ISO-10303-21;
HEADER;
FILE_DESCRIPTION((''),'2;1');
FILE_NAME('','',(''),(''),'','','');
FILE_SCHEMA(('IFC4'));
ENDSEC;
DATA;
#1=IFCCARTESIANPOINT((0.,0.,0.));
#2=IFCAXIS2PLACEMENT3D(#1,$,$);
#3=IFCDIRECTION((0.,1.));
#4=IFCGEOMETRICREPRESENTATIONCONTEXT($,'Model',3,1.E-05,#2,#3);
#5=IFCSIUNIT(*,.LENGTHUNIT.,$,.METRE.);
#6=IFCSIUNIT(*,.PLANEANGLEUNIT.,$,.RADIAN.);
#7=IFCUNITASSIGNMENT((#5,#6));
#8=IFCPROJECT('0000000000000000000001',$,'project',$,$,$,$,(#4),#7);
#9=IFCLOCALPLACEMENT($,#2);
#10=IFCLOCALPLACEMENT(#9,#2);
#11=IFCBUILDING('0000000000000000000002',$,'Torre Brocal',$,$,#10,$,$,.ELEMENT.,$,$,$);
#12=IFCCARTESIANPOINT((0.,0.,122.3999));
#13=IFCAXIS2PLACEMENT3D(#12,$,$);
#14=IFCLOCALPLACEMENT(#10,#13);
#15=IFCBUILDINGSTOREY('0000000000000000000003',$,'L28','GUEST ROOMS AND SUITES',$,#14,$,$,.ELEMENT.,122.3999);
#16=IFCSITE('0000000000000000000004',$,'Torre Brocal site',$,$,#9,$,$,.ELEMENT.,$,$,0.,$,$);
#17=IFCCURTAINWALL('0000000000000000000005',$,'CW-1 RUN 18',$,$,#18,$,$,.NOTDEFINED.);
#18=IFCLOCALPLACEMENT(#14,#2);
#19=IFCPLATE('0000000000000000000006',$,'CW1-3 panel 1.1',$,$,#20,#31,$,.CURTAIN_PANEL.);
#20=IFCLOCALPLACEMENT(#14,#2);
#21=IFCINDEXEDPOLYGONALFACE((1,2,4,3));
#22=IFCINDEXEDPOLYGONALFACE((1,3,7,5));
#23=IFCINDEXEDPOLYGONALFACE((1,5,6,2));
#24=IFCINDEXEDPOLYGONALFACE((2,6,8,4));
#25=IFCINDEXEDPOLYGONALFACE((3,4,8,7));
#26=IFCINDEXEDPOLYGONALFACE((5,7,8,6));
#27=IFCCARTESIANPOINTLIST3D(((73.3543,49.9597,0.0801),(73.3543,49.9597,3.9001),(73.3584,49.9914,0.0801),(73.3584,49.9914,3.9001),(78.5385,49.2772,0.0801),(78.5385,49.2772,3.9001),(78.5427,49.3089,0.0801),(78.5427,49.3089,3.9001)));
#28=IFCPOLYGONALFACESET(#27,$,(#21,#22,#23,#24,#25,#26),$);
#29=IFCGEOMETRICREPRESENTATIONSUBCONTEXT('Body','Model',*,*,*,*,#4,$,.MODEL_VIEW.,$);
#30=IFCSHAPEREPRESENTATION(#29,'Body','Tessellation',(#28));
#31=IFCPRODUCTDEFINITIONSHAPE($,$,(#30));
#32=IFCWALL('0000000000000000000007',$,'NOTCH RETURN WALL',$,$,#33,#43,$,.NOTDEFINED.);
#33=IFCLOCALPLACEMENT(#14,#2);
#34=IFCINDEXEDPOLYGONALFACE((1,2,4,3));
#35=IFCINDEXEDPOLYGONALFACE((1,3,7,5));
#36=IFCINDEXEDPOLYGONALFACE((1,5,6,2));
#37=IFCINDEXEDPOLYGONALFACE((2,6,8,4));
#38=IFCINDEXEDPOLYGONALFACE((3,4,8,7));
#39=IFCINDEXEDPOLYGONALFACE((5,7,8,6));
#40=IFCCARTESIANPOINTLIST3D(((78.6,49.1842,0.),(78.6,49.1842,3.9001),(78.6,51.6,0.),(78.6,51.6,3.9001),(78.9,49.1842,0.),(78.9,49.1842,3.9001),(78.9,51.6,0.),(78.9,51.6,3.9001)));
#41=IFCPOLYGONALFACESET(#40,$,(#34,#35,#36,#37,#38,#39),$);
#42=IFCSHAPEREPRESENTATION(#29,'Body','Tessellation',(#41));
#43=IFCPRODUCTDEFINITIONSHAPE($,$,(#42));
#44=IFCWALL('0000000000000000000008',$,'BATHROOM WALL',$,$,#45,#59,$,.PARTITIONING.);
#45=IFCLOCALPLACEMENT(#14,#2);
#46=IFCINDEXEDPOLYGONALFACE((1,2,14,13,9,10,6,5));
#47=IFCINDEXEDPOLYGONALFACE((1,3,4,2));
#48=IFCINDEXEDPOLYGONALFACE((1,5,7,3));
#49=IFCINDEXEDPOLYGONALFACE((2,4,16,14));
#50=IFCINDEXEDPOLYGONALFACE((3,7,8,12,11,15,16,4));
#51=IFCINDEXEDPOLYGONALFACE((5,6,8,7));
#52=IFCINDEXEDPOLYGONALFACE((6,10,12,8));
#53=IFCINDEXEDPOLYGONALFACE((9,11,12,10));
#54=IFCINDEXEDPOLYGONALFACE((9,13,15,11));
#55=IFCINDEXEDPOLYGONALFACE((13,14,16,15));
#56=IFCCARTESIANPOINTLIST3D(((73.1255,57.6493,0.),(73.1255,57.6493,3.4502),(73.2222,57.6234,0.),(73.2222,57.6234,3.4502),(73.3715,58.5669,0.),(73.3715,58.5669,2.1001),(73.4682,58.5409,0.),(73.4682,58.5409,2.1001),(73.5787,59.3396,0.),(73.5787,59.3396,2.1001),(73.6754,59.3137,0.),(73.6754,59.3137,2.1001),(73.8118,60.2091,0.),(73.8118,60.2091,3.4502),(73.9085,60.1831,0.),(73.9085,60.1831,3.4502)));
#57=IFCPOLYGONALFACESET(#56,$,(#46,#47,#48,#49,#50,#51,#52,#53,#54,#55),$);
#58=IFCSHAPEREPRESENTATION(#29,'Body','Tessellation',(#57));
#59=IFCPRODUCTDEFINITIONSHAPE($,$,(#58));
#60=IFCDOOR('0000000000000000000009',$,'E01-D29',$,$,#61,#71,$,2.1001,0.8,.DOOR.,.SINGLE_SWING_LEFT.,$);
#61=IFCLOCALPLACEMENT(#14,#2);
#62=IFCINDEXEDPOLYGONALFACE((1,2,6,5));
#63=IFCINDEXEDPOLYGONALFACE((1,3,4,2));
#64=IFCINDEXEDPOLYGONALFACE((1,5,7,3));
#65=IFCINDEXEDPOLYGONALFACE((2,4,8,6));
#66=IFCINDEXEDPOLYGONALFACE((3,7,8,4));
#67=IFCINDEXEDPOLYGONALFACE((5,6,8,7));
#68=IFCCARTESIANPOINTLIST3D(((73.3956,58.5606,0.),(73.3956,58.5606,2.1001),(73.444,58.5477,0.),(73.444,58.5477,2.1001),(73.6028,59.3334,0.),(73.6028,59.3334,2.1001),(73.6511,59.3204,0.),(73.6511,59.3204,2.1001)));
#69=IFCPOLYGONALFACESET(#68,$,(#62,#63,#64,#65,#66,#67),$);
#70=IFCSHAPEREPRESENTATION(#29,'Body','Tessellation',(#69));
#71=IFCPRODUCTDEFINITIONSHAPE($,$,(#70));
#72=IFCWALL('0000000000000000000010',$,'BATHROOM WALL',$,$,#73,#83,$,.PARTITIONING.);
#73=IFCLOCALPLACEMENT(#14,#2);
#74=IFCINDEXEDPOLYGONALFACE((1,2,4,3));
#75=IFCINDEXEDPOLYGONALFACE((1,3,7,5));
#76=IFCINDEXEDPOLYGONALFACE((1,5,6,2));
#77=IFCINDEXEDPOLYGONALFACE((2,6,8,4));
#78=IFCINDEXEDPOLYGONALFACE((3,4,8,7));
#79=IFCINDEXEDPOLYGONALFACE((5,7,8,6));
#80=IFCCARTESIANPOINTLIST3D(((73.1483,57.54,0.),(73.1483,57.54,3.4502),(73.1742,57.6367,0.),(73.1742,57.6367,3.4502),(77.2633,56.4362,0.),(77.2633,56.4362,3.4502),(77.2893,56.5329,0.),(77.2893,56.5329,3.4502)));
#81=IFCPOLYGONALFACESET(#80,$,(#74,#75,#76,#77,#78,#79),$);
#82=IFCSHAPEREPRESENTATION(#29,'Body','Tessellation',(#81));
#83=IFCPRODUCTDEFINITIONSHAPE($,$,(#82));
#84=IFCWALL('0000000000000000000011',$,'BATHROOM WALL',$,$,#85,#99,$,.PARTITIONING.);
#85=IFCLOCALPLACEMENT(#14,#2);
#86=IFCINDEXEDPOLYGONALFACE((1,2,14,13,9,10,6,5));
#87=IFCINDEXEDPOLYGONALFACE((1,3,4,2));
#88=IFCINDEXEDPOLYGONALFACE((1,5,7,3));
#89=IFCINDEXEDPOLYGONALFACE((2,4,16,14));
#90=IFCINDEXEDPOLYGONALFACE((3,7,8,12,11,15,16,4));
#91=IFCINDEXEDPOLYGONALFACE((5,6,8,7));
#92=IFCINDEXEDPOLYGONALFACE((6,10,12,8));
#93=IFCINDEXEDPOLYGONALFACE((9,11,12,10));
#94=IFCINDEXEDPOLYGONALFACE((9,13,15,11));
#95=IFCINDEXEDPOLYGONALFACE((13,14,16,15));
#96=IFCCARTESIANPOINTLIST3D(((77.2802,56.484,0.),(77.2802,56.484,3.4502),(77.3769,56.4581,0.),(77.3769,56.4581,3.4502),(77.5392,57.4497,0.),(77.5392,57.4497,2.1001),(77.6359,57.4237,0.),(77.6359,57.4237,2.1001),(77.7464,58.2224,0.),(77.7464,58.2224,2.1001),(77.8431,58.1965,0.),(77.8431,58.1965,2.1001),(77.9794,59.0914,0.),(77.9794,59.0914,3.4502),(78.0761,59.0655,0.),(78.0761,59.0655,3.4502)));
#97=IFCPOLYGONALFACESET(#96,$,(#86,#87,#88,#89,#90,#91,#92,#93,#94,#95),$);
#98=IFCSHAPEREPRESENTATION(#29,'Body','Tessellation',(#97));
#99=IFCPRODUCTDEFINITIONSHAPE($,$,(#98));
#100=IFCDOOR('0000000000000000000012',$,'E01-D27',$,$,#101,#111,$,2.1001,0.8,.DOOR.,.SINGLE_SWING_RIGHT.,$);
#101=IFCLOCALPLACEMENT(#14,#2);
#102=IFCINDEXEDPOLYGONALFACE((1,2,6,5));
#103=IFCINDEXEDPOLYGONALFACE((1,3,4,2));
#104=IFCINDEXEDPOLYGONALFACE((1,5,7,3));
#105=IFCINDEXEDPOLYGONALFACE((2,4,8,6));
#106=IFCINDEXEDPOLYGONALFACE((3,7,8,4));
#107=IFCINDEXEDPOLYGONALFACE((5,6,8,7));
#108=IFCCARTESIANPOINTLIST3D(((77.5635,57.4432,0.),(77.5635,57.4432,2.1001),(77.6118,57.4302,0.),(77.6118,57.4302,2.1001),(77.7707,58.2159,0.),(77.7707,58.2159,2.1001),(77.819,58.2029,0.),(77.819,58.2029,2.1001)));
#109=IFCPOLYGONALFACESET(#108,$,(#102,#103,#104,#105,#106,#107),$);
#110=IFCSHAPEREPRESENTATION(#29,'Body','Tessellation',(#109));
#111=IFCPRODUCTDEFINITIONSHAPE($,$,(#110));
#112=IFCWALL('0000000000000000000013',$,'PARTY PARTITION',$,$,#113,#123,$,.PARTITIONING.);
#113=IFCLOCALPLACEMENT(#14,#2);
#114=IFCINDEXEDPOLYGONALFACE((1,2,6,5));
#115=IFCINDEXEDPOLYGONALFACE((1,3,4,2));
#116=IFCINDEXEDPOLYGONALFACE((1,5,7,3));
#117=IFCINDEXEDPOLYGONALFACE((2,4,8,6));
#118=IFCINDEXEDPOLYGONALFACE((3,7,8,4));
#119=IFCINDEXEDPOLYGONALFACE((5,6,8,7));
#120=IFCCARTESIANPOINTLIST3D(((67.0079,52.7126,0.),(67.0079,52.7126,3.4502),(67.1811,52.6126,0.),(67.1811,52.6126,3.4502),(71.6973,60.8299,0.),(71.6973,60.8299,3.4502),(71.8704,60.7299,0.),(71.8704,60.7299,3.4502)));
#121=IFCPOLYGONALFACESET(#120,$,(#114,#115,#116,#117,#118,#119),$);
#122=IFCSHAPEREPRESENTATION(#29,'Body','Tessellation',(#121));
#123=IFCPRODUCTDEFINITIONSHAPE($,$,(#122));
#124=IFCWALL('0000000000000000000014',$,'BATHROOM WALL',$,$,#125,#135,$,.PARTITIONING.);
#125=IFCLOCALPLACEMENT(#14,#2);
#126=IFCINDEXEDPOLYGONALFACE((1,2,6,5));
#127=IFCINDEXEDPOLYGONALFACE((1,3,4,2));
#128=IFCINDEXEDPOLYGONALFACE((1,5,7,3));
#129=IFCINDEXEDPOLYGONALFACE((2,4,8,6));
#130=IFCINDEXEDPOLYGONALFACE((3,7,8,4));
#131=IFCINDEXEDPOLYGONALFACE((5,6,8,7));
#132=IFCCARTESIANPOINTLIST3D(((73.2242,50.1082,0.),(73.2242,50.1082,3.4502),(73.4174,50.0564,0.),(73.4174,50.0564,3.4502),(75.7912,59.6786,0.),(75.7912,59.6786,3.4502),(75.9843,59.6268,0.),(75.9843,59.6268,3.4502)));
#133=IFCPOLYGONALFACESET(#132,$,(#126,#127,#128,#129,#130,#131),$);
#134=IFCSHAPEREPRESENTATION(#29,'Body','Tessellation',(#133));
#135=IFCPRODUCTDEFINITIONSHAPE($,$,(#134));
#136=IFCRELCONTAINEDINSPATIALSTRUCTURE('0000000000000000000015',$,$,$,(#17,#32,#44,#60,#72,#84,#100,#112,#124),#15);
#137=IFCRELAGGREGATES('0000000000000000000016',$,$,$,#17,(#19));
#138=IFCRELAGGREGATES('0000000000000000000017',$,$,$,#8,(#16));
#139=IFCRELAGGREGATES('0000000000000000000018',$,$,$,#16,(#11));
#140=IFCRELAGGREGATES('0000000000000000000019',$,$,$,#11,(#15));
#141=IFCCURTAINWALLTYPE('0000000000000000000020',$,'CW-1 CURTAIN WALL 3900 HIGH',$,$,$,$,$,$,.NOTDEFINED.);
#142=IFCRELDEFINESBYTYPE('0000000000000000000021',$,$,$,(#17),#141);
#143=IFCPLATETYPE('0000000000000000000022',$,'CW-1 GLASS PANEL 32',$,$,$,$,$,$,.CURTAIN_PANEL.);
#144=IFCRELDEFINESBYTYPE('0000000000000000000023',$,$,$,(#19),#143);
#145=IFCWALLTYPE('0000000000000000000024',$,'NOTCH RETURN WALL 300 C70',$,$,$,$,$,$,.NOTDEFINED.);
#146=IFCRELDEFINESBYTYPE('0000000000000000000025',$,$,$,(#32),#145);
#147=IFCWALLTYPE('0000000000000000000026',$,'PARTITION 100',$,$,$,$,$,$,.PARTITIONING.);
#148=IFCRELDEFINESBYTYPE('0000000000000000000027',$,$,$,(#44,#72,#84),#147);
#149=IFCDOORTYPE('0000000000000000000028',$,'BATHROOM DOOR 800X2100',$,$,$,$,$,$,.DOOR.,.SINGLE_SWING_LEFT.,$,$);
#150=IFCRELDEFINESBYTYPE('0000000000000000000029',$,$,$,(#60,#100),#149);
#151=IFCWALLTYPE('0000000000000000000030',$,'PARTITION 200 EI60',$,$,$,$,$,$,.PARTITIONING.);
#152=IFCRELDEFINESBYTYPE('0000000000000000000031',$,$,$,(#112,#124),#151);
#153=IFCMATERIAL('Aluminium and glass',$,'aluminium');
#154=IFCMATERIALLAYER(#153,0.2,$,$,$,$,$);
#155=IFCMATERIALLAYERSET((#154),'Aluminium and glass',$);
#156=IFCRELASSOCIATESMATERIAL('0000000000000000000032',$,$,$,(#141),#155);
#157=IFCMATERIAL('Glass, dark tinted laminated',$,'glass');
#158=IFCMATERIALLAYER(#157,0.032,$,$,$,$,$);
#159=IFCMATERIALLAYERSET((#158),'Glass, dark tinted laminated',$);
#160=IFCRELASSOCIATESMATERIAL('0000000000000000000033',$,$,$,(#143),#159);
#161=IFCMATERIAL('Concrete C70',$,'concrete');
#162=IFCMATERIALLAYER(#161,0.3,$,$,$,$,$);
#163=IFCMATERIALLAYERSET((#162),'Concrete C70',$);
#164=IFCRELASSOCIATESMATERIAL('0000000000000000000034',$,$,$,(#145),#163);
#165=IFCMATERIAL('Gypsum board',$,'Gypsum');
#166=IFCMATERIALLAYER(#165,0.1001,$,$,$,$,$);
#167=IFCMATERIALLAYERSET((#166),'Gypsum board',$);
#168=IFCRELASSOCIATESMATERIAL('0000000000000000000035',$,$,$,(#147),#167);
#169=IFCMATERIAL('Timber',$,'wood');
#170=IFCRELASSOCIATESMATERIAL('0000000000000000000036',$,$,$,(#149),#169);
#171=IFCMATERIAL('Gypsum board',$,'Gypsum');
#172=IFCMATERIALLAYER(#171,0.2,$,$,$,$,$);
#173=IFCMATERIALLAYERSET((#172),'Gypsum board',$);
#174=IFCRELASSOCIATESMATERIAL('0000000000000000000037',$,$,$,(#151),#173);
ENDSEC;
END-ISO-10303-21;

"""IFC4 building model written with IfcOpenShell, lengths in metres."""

from ifc_helpers import new_model, si_unit, direction, frame, frame_2d, origin, origin_2d, place, context, subcontext, project, spatial, rectangle, extrude, material, layer, layer_set, type_object, element, fill, aggregate, save


model = new_model("IFC4")

# Units and contexts
model_context = context("Model", 3, precision=1e-05, world=origin(), true_north=direction((0.0, 1.0)))
body_context = subcontext(model_context, "Body", "Model", "MODEL_VIEW")
ifc_project = project(units=[si_unit("LENGTHUNIT", "METRE"), si_unit("PLANEANGLEUNIT", "RADIAN")], contexts=[model_context])

# Site, building, storey
site_placement = place(None, origin())
site = spatial("IfcSite", under=ifc_project, at=site_placement, Name="Torre Brocal site", CompositionType="ELEMENT", RefElevation=0.0)
building_placement = place(site_placement, origin())
building = spatial("IfcBuilding", under=site, at=building_placement, Name="Torre Brocal", CompositionType="ELEMENT")
storey_placement = place(building_placement, frame((0.0, 0.0, 122.3999)))
storey = spatial("IfcBuildingStorey", under=building, at=storey_placement, Name="L28", Description="GUEST ROOMS AND SUITES", CompositionType="ELEMENT", Elevation=122.3999)

# Curtain wall
ifc_material_1 = material(Name="Aluminium and glass", Category="aluminium")
ifc_layer_1 = layer(ifc_material_1, 0.2)
ifc_layer_set_1 = layer_set([ifc_layer_1], Name="Aluminium and glass")
curtain_wall_type = type_object("IfcCurtainWallType", Name="CW-1 CURTAIN WALL 3900 HIGH", PredefinedType="NOTDEFINED", material=ifc_layer_set_1)
curtain_wall_1_placement = place(storey_placement, origin())
curtain_wall_1 = element("IfcCurtainWall", 1, at=curtain_wall_1_placement, inside=storey, type_object=curtain_wall_type, Name="CW-1 RUN 18", PredefinedType="NOTDEFINED")

# Plate
ifc_material_2 = material(Name="Glass, dark tinted laminated", Category="glass")
ifc_layer_2 = layer(ifc_material_2, 0.032)
ifc_layer_set_2 = layer_set([ifc_layer_2], Name="Glass, dark tinted laminated")
plate_type = type_object("IfcPlateType", Name="CW-1 GLASS PANEL 32", PredefinedType="CURTAIN_PANEL", material=ifc_layer_set_2)
plate_1_placement = place(storey_placement, frame((75.9485, 49.6343, 0.0801), z_axis=(0.0, 0.0, 1.0), x_axis=(0.991445, -0.130526, 0.0)))
plate_1 = element("IfcPlate", 2, at=plate_1_placement, type_object=plate_type, Name="CW1-3 panel 1.1", PredefinedType="CURTAIN_PANEL", context=body_context, shape_type="SweptSolid", body=[
    extrude(rectangle(XDim=5.229, YDim=0.032, at=origin_2d()), origin(), (0.0, 0.0, 1.0), 3.8201),
])
aggregate(curtain_wall_1, [plate_1])

# Wall
ifc_material_3 = material(Name="Concrete C70", Category="concrete")
ifc_layer_3 = layer(ifc_material_3, 0.3)
ifc_layer_set_3 = layer_set([ifc_layer_3], Name="Concrete C70")
wall_type_1 = type_object("IfcWallType", Name="NOTCH RETURN WALL 300 C70", PredefinedType="NOTDEFINED", material=ifc_layer_set_3)
wall_1_placement = place(storey_placement, frame((78.75, 51.6001, 0.0), z_axis=(0.0, 0.0, 1.0), x_axis=(0.0, -1.0, 0.0)))
element("IfcWall", 3, at=wall_1_placement, inside=storey, type_object=wall_type_1, Name="NOTCH RETURN WALL", PredefinedType="NOTDEFINED", context=body_context, shape_type="SweptSolid", body=[
    extrude(rectangle(XDim=2.4158, YDim=0.3, at=frame_2d((1.208, 0.0))), origin(), (0.0, 0.0, 1.0), 3.9001),
])

# Wall, opening, door
ifc_material_4 = material(Name="Gypsum board", Category="Gypsum")
ifc_layer_4 = layer(ifc_material_4, 0.1001)
ifc_layer_set_4 = layer_set([ifc_layer_4], Name="Gypsum board")
wall_type_2 = type_object("IfcWallType", Name="PARTITION 100", PredefinedType="PARTITIONING", material=ifc_layer_set_4)
wall_2_placement = place(storey_placement, frame((73.1738, 57.6362, 0.0), z_axis=(0.0, 0.0, 1.0), x_axis=(0.258952, 0.96589, 0.0)))
wall_2 = element("IfcWall", 4, at=wall_2_placement, inside=storey, type_object=wall_type_2, Name="BATHROOM WALL", PredefinedType="PARTITIONING", context=body_context, shape_type="SweptSolid", body=[
    extrude(rectangle(XDim=2.6501, YDim=0.1001, at=frame_2d((1.3252, 0.0))), origin(), (0.0, 0.0, 1.0), 3.4502),
])
opening_1_placement = place(wall_2_placement, frame((0.9502, 0.0, 0.0)))
opening_1 = element("IfcOpeningElement", 5, at=opening_1_placement, cuts=wall_2, PredefinedType="OPENING", context=body_context, shape_type="SweptSolid", body=[
    extrude(rectangle(XDim=0.8, YDim=2.1001, at=frame_2d((0.3999, 1.05))), frame((0.0, 0.0601, 0.0), z_axis=(0.0, -1.0, 0.0), x_axis=(1.0, 0.0, 0.0)), (0.0, 0.0, 1.0), 0.1201),
])
ifc_material_5 = material(Name="Timber", Category="wood")
door_type_1 = type_object("IfcDoorType", Name="BATHROOM DOOR 800X2100", OperationType="SINGLE_SWING_LEFT", PredefinedType="DOOR", material=ifc_material_5)
door_1_placement = place(opening_1_placement, frame((0.8, 0.0, 0.0), z_axis=(0.0, 0.0, 1.0), x_axis=(-1.0, 0.0, 0.0)))
door_1 = element("IfcDoor", 6, at=door_1_placement, inside=storey, type_object=door_type_1, Name="E01-D29", OperationType="SINGLE_SWING_LEFT", OverallHeight=2.1001, OverallWidth=0.8, PredefinedType="DOOR", context=body_context, shape_type="SweptSolid", body=[
    extrude(rectangle(XDim=0.8, YDim=2.1001, at=frame_2d((0.3999, 1.05))), frame((0.0, 0.0249, 0.0), z_axis=(0.0, -1.0, 0.0), x_axis=(1.0, 0.0, 0.0)), (0.0, 0.0, 1.0), 0.05),
])
fill(opening_1, door_1)

# Wall
wall_3_placement = place(storey_placement, frame((73.1611, 57.5884, 0.0), z_axis=(0.0, 0.0, 1.0), x_axis=(0.965858, -0.259071, 0.0)))
element("IfcWall", 7, at=wall_3_placement, inside=storey, type_object=wall_type_2, Name="BATHROOM WALL", PredefinedType="PARTITIONING", context=body_context, shape_type="SweptSolid", body=[
    extrude(rectangle(XDim=4.2605, YDim=0.1001, at=frame_2d((2.1304, 0.0))), origin(), (0.0, 0.0, 1.0), 3.4502),
])

# Wall, opening, door
wall_4_placement = place(storey_placement, frame((77.3286, 56.4712, 0.0), z_axis=(0.0, 0.0, 1.0), x_axis=(0.259013, 0.965874, 0.0)))
wall_4 = element("IfcWall", 8, at=wall_4_placement, inside=storey, type_object=wall_type_2, Name="BATHROOM WALL", PredefinedType="PARTITIONING", context=body_context, shape_type="SweptSolid", body=[
    extrude(rectangle(XDim=2.6995, YDim=0.1001, at=frame_2d((1.3496, 0.0))), origin(), (0.0, 0.0, 1.0), 3.4502),
])
opening_2_placement = place(wall_4_placement, frame((0.9998, 0.0, 0.0)))
opening_2 = element("IfcOpeningElement", 9, at=opening_2_placement, cuts=wall_4, PredefinedType="OPENING", context=body_context, shape_type="SweptSolid", body=[
    extrude(rectangle(XDim=0.8, YDim=2.1001, at=frame_2d((0.3999, 1.05))), frame((0.0, 0.0601, 0.0), z_axis=(0.0, -1.0, 0.0), x_axis=(1.0, 0.0, 0.0)), (0.0, 0.0, 1.0), 0.1201),
])
door_2_placement = place(opening_2_placement, origin())
door_2 = element("IfcDoor", 10, at=door_2_placement, inside=storey, type_object=door_type_1, Name="E01-D27", OperationType="SINGLE_SWING_RIGHT", OverallHeight=2.1001, OverallWidth=0.8, PredefinedType="DOOR", context=body_context, shape_type="SweptSolid", body=[
    extrude(rectangle(XDim=0.8, YDim=2.1001, at=frame_2d((0.3999, 1.05))), frame((0.0, 0.0249, 0.0), z_axis=(0.0, -1.0, 0.0), x_axis=(1.0, 0.0, 0.0)), (0.0, 0.0, 1.0), 0.05),
])
fill(opening_2, door_2)

# Walls
ifc_material_6 = material(Name="Gypsum board", Category="Gypsum")
ifc_layer_5 = layer(ifc_material_6, 0.2)
ifc_layer_set_5 = layer_set([ifc_layer_5], Name="Gypsum board")
wall_type_3 = type_object("IfcWallType", Name="PARTITION 200 EI60", PredefinedType="PARTITIONING", material=ifc_layer_set_5)
wall_5_placement = place(storey_placement, frame((67.0945, 52.6626, 0.0), z_axis=(0.0, 0.0, 1.0), x_axis=(0.500228, 0.865894, 0.0)))
element("IfcWall", 11, at=wall_5_placement, inside=storey, type_object=wall_type_3, Name="PARTY PARTITION", PredefinedType="PARTITIONING", context=body_context, shape_type="SweptSolid", body=[
    extrude(rectangle(XDim=9.3745, YDim=0.2, at=frame_2d((4.6873, 0.0))), origin(), (0.0, 0.0, 1.0), 3.4502),
])
wall_6_placement = place(storey_placement, frame((73.3208, 50.0823, 0.0), z_axis=(0.0, 0.0, 1.0), x_axis=(0.259058, 0.965862, 0.0)))
element("IfcWall", 12, at=wall_6_placement, inside=storey, type_object=wall_type_3, Name="BATHROOM WALL", PredefinedType="PARTITIONING", context=body_context, shape_type="SweptSolid", body=[
    extrude(rectangle(XDim=9.9087, YDim=0.2, at=frame_2d((4.9543, 0.0))), origin(), (0.0, 0.0, 1.0), 3.4502),
])

save(model, "model.ifc")
